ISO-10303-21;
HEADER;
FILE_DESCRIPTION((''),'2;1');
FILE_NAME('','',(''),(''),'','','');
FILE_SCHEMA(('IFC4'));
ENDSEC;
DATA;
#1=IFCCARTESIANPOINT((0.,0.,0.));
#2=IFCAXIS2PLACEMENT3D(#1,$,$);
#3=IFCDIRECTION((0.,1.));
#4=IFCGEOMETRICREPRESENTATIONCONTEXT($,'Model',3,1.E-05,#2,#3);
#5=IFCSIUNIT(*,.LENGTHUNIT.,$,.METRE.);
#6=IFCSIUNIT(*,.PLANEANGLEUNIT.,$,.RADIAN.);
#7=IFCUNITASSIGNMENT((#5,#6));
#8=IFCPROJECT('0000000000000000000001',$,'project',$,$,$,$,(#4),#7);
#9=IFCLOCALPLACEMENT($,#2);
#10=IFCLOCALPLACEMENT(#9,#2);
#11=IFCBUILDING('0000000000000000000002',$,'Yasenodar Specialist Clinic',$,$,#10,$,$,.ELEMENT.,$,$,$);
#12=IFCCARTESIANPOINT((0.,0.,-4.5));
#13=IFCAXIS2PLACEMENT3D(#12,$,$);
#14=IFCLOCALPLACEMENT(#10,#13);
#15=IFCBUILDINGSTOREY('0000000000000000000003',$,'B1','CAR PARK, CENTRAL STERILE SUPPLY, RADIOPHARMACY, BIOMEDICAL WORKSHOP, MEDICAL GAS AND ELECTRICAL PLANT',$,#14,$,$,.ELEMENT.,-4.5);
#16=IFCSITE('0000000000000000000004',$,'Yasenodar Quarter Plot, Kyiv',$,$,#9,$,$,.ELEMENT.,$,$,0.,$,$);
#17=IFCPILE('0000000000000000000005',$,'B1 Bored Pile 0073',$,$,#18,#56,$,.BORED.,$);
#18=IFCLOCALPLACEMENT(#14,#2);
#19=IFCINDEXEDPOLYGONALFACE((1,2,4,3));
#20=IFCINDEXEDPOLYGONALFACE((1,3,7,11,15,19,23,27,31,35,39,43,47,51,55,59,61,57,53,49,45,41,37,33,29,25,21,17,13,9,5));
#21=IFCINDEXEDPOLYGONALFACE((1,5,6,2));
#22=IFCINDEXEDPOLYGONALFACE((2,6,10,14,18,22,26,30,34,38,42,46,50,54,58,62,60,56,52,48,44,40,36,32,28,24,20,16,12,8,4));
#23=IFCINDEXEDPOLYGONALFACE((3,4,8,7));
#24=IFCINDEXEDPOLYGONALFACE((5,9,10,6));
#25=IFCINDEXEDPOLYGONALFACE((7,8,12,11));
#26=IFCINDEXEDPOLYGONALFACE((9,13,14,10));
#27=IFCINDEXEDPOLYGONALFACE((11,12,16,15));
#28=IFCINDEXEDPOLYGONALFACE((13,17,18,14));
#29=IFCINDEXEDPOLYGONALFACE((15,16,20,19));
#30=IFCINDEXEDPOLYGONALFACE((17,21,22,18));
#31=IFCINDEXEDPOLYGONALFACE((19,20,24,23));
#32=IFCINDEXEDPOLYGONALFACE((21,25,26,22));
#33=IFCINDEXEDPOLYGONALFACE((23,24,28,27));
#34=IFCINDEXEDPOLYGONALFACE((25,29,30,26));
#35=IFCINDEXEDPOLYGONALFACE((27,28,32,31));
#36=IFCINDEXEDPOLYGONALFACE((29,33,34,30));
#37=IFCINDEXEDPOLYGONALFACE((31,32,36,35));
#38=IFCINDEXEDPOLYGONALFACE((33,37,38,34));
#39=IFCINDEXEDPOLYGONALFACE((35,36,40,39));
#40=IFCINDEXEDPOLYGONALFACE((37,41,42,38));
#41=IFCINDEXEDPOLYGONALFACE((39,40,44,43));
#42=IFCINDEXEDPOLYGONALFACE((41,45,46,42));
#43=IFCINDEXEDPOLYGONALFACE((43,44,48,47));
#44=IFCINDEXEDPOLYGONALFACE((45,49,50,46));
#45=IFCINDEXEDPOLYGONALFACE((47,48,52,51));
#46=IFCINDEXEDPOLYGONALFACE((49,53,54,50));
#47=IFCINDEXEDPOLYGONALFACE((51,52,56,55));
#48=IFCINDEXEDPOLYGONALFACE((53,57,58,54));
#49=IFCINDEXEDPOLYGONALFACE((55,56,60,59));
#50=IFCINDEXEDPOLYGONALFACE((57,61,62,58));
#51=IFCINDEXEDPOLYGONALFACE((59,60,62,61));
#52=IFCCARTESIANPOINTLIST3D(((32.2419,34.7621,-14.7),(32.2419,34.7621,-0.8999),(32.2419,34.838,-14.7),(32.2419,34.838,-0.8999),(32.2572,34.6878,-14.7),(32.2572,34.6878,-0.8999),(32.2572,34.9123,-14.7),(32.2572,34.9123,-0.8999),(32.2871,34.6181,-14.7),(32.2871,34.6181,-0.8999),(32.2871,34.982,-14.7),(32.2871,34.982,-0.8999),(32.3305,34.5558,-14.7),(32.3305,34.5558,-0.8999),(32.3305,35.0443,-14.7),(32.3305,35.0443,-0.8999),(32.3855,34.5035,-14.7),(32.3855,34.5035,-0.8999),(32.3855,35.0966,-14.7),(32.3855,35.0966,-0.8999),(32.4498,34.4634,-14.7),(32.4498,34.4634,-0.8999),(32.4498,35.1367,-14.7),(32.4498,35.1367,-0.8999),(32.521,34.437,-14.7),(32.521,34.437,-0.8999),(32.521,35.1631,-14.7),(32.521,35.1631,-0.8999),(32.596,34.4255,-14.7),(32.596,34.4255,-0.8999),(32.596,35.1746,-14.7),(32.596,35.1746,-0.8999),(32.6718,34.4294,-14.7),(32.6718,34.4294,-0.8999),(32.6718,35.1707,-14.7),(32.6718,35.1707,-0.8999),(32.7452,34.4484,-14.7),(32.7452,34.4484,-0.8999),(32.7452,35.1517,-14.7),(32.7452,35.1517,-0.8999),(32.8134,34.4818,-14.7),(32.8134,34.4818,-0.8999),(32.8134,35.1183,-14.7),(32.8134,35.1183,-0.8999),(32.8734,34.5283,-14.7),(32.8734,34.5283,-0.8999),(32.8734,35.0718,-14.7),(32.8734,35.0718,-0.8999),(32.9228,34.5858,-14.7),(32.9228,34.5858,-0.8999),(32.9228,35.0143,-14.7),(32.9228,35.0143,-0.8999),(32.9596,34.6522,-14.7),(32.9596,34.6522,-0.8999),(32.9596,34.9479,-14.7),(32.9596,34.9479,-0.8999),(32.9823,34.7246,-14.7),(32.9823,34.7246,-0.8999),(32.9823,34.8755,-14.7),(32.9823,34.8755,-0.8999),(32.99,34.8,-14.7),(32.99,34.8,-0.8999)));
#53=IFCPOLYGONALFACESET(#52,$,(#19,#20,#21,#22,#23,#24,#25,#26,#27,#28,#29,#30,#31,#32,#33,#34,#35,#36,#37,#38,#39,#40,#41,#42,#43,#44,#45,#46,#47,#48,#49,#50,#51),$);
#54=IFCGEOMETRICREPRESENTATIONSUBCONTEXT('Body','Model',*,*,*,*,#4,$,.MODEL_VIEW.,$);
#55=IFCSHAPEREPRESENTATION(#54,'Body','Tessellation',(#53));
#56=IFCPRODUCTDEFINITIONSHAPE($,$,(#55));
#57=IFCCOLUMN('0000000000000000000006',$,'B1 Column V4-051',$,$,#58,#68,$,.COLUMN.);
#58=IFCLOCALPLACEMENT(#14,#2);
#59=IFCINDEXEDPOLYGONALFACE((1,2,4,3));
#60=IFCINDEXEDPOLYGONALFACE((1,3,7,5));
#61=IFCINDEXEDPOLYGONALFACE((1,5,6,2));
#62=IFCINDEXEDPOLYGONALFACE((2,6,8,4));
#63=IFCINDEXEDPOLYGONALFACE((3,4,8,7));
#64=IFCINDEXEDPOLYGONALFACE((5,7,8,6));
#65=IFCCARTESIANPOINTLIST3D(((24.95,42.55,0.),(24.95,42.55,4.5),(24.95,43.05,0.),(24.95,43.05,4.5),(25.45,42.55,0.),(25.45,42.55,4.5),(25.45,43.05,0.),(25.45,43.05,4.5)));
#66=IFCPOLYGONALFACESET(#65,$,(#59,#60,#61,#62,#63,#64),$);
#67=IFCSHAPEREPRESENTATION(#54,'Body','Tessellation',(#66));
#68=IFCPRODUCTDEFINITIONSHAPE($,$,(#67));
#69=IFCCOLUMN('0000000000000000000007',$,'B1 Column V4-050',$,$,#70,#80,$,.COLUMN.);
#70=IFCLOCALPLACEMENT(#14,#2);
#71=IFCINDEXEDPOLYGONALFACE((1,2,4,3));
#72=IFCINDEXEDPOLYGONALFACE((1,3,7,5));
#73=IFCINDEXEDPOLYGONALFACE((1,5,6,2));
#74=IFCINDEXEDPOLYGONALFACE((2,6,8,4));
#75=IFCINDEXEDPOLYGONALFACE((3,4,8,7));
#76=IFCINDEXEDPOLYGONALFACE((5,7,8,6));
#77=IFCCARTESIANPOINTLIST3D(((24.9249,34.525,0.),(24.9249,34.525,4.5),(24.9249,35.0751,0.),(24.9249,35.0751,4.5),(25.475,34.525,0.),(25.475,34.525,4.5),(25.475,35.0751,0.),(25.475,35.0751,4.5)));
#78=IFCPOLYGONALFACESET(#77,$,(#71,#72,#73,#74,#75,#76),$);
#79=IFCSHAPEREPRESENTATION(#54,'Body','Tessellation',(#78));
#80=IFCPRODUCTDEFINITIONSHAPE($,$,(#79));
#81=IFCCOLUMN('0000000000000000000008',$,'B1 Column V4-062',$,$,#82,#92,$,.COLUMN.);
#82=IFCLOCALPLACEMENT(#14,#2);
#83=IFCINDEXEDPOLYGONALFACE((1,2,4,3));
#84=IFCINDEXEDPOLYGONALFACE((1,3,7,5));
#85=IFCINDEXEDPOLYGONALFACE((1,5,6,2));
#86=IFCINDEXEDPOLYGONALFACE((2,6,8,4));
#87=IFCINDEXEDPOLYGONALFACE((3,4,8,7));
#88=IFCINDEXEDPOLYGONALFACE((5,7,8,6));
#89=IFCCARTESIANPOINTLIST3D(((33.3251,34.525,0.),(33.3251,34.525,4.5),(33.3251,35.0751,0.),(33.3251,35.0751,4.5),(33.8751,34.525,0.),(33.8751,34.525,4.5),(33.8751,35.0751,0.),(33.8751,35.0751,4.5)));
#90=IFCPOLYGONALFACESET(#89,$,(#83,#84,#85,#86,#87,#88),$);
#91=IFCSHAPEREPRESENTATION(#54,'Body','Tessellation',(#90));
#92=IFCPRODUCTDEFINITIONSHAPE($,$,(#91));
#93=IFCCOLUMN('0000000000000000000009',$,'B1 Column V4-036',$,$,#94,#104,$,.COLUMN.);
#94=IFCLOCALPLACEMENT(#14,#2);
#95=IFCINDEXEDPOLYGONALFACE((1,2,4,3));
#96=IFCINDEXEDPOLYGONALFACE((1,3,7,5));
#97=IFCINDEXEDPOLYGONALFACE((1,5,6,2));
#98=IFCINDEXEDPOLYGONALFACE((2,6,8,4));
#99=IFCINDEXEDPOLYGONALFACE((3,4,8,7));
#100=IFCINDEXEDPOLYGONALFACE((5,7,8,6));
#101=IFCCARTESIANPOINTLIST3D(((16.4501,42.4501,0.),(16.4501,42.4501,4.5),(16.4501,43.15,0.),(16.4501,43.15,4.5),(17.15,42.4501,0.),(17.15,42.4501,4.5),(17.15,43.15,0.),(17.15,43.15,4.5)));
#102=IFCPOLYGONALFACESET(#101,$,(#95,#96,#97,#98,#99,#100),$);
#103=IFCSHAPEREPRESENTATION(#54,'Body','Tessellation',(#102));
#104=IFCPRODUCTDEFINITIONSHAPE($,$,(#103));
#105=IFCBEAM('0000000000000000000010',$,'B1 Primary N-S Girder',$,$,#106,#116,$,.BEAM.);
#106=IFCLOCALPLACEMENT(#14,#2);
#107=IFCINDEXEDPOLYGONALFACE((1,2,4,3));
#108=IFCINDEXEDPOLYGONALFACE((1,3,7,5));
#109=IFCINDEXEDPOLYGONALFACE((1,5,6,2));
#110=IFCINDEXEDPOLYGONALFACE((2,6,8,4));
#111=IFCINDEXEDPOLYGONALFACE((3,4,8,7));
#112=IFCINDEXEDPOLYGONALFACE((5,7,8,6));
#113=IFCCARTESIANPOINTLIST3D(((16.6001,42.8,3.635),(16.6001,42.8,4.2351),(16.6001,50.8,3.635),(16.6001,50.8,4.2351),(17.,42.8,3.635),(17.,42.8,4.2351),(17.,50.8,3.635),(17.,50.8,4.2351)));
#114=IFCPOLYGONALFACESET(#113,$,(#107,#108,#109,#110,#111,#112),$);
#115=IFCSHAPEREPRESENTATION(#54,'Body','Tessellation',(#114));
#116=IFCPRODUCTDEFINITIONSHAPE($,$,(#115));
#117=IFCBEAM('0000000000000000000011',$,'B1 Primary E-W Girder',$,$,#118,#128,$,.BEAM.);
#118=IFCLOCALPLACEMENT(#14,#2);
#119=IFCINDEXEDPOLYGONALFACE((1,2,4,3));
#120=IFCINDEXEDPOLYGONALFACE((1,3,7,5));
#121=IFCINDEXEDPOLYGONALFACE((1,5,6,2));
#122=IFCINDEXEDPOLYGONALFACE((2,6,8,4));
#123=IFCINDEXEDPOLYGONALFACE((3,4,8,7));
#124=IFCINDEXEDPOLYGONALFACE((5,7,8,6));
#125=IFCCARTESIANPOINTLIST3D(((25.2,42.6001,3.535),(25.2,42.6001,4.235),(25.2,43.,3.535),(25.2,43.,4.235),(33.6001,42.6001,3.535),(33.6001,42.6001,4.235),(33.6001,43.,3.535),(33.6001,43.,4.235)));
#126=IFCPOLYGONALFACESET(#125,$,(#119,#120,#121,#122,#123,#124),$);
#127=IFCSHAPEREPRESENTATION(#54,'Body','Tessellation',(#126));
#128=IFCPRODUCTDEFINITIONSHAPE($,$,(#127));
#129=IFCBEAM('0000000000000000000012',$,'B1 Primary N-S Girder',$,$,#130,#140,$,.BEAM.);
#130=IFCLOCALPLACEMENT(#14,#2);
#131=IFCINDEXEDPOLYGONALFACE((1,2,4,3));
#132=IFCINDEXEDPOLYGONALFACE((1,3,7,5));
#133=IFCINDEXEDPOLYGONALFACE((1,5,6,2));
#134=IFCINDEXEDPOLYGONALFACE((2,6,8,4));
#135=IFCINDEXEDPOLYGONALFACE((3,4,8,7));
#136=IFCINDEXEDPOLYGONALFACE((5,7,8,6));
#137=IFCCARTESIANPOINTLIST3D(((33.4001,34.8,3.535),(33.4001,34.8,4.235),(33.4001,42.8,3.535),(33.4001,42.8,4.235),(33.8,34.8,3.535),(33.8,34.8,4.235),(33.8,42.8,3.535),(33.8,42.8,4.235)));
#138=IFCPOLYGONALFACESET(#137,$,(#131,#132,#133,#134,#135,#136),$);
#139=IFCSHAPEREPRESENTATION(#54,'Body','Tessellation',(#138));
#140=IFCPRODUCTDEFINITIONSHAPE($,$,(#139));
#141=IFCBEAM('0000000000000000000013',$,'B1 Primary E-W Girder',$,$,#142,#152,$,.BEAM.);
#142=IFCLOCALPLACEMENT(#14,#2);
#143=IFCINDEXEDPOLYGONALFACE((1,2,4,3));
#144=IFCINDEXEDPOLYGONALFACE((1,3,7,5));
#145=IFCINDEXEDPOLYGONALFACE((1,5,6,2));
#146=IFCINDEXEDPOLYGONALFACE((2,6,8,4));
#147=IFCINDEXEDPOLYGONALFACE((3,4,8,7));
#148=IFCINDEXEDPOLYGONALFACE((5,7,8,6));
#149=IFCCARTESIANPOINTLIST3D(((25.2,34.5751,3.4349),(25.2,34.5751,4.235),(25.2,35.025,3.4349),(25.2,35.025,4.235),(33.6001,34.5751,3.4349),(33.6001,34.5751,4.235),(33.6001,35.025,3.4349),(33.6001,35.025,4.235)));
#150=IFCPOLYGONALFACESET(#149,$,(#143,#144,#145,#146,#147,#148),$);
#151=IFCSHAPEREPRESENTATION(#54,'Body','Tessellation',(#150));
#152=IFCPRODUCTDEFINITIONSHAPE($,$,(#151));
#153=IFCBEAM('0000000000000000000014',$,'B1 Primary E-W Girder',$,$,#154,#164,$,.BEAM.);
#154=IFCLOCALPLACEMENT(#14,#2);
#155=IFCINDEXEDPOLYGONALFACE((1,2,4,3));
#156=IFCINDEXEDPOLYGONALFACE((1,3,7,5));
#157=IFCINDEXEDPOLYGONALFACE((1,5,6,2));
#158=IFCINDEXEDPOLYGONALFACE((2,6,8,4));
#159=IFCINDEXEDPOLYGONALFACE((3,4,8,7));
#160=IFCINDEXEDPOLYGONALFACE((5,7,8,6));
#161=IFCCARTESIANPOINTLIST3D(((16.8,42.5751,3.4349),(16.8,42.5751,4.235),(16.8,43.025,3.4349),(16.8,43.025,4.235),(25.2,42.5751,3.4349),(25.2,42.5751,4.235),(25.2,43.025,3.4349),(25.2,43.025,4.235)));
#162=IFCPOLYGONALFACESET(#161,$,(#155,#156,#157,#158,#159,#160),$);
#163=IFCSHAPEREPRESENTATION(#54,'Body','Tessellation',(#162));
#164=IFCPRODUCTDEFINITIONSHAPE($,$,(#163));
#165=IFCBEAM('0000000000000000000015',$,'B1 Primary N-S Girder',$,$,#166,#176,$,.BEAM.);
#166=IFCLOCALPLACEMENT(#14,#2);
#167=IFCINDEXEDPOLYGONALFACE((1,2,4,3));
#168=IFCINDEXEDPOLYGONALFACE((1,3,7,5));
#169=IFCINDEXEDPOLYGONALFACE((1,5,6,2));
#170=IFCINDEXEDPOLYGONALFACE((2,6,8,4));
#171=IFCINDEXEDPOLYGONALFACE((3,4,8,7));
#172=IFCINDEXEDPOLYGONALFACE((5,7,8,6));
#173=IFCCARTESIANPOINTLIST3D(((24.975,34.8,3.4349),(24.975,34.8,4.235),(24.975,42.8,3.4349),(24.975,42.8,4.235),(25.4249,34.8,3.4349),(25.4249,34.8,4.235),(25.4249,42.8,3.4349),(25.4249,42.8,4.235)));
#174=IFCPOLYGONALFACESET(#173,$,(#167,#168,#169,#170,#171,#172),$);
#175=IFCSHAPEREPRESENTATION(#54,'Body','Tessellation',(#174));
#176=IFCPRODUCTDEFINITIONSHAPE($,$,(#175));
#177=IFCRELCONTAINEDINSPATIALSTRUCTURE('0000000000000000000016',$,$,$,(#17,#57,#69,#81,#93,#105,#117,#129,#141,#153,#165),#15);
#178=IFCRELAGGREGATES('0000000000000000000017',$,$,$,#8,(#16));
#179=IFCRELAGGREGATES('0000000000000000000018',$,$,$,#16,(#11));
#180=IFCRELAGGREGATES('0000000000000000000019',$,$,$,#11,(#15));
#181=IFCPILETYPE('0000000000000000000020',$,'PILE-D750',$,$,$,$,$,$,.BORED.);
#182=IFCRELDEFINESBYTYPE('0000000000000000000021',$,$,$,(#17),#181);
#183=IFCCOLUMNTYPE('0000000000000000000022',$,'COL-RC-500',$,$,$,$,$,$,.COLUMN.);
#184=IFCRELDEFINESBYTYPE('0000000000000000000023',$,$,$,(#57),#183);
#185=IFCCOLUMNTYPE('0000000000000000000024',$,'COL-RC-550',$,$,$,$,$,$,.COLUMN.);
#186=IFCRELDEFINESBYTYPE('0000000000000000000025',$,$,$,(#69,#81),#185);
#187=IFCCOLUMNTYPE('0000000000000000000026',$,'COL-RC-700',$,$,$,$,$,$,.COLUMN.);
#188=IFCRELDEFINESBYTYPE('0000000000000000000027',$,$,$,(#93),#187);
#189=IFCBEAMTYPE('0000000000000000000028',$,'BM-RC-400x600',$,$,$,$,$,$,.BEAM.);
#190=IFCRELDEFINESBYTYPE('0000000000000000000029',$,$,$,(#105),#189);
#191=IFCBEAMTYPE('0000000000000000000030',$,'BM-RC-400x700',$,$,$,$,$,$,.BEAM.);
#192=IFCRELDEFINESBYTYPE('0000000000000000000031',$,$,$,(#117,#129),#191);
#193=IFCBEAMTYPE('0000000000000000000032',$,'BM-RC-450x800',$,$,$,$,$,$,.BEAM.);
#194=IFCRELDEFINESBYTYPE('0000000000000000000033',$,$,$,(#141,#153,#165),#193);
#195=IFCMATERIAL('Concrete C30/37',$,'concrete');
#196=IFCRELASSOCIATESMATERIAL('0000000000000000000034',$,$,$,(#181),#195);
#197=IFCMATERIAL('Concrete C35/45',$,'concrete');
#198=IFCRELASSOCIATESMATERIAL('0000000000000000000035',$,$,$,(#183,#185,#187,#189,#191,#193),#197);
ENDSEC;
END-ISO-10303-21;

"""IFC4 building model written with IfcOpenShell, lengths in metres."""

from ifc_helpers import new_model, si_unit, direction, frame, origin, origin_2d, place, context, subcontext, project, spatial, rectangle, circle, extrude, material, material_profile, profile_set, type_object, element, save


model = new_model("IFC4")

# Units and contexts
model_context = context("Model", 3, precision=1e-05, world=origin(), true_north=direction((0.0, 1.0)))
body_context = subcontext(model_context, "Body", "Model", "MODEL_VIEW")
ifc_project = project(units=[si_unit("LENGTHUNIT", "METRE"), si_unit("PLANEANGLEUNIT", "RADIAN")], contexts=[model_context])

# Site, building, storey
site_placement = place(None, origin())
site = spatial("IfcSite", under=ifc_project, at=site_placement, Name="Yasenodar Quarter Plot, Kyiv", CompositionType="ELEMENT", RefElevation=0.0)
building_placement = place(site_placement, origin())
building = spatial("IfcBuilding", under=site, at=building_placement, Name="Yasenodar Specialist Clinic", CompositionType="ELEMENT")
storey_placement = place(building_placement, frame((0.0, 0.0, -4.5)))
storey = spatial("IfcBuildingStorey", under=building, at=storey_placement, Name="B1", Description="CAR PARK, CENTRAL STERILE SUPPLY, RADIOPHARMACY, BIOMEDICAL WORKSHOP, MEDICAL GAS AND ELECTRICAL PLANT", CompositionType="ELEMENT", Elevation=-4.5)

# Shared definitions
ifc_material_1 = material(Name="Concrete C35/45", Category="concrete")

# Pile
ifc_material_2 = material(Name="Concrete C30/37", Category="concrete")
ifc_material_profile_1 = material_profile(ifc_material_2, circle(Radius=0.375, at=origin_2d()), Name="PILE D750")
ifc_profile_set_1 = profile_set([ifc_material_profile_1], Name="Concrete C30/37")
pile_type_1 = type_object("IfcPileType", Name="PILE-D750", PredefinedType="BORED", material=ifc_profile_set_1)
for number, where, z_axis, x_axis, name in (
    (1, (32.615, 34.8, -0.8999), (0.0, 0.0, -1.0), (1.0, 0.0, 0.0), "B1 Bored Pile 0073"),
):
    element("IfcPile", number, at=place(storey_placement, frame(where, z_axis=z_axis, x_axis=x_axis)), inside=storey, type_object=pile_type_1, Name=name, PredefinedType="BORED", context=body_context, shape_type="SweptSolid", body=[
        extrude(circle(Radius=0.375, at=origin_2d()), origin(), (0.0, 0.0, 1.0), 13.8),
    ])

# Columns
ifc_material_profile_2 = material_profile(ifc_material_1, rectangle(XDim=0.5, YDim=0.5, at=origin_2d()), Name="RC 500x500")
ifc_profile_set_2 = profile_set([ifc_material_profile_2], Name="Concrete C35/45")
column_type_1 = type_object("IfcColumnType", Name="COL-RC-500", PredefinedType="COLUMN", material=ifc_profile_set_2)
column_1_placement = place(storey_placement, frame((25.2, 42.8, 0.0), z_axis=(0.0, 0.0, 1.0), x_axis=(1.0, 0.0, 0.0)))
element("IfcColumn", 2, at=column_1_placement, inside=storey, type_object=column_type_1, Name="B1 Column V4-051", PredefinedType="COLUMN", context=body_context, shape_type="SweptSolid", body=[
    extrude(rectangle(XDim=0.5, YDim=0.5, at=origin_2d()), origin(), (0.0, 0.0, 1.0), 4.5),
])
ifc_material_profile_3 = material_profile(ifc_material_1, rectangle(XDim=0.55, YDim=0.55, at=origin_2d()), Name="RC 550x550")
ifc_profile_set_3 = profile_set([ifc_material_profile_3], Name="Concrete C35/45")
column_type_2 = type_object("IfcColumnType", Name="COL-RC-550", PredefinedType="COLUMN", material=ifc_profile_set_3)
for number, where, z_axis, x_axis, name in (
    (3, (25.2, 34.8, 0.0), (0.0, 0.0, 1.0), (1.0, 0.0, 0.0), "B1 Column V4-050"),
    (4, (33.6001, 34.8, 0.0), (0.0, 0.0, 1.0), (1.0, 0.0, 0.0), "B1 Column V4-062"),
):
    element("IfcColumn", number, at=place(storey_placement, frame(where, z_axis=z_axis, x_axis=x_axis)), inside=storey, type_object=column_type_2, Name=name, PredefinedType="COLUMN", context=body_context, shape_type="SweptSolid", body=[
        extrude(rectangle(XDim=0.55, YDim=0.55, at=origin_2d()), origin(), (0.0, 0.0, 1.0), 4.5),
    ])
ifc_material_profile_4 = material_profile(ifc_material_1, rectangle(XDim=0.7, YDim=0.7, at=origin_2d()), Name="RC 700x700")
ifc_profile_set_4 = profile_set([ifc_material_profile_4], Name="Concrete C35/45")
column_type_3 = type_object("IfcColumnType", Name="COL-RC-700", PredefinedType="COLUMN", material=ifc_profile_set_4)
column_2_placement = place(storey_placement, frame((16.8, 42.8, 0.0), z_axis=(0.0, 0.0, 1.0), x_axis=(1.0, 0.0, 0.0)))
element("IfcColumn", 5, at=column_2_placement, inside=storey, type_object=column_type_3, Name="B1 Column V4-036", PredefinedType="COLUMN", context=body_context, shape_type="SweptSolid", body=[
    extrude(rectangle(XDim=0.7, YDim=0.7, at=origin_2d()), origin(), (0.0, 0.0, 1.0), 4.5),
])

# Beams
ifc_material_profile_5 = material_profile(ifc_material_1, rectangle(XDim=0.3999, YDim=0.6001, at=origin_2d()), Name="RC 400x600")
ifc_profile_set_5 = profile_set([ifc_material_profile_5], Name="Concrete C35/45")
beam_type_1 = type_object("IfcBeamType", Name="BM-RC-400x600", PredefinedType="BEAM", material=ifc_profile_set_5)
beam_1_placement = place(storey_placement, frame((16.8, 42.8, 3.9351), z_axis=(0.0, 1.0, 0.0), x_axis=(-1.0, 0.0, 0.0)))
element("IfcBeam", 6, at=beam_1_placement, inside=storey, type_object=beam_type_1, Name="B1 Primary N-S Girder", PredefinedType="BEAM", context=body_context, shape_type="SweptSolid", body=[
    extrude(rectangle(XDim=0.3999, YDim=0.6001, at=origin_2d()), origin(), (0.0, 0.0, 1.0), 8.0),
])
ifc_material_profile_6 = material_profile(ifc_material_1, rectangle(XDim=0.3999, YDim=0.7, at=origin_2d()), Name="RC 400x700")
ifc_profile_set_6 = profile_set([ifc_material_profile_6], Name="Concrete C35/45")
beam_type_2 = type_object("IfcBeamType", Name="BM-RC-400x700", PredefinedType="BEAM", material=ifc_profile_set_6)
beam_2_placement = place(storey_placement, frame((25.2, 42.8, 3.885), z_axis=(1.0, 0.0, 0.0), x_axis=(0.0, 1.0, 0.0)))
element("IfcBeam", 7, at=beam_2_placement, inside=storey, type_object=beam_type_2, Name="B1 Primary E-W Girder", PredefinedType="BEAM", context=body_context, shape_type="SweptSolid", body=[
    extrude(rectangle(XDim=0.3999, YDim=0.7, at=origin_2d()), origin(), (0.0, 0.0, 1.0), 8.4001),
])
beam_3_placement = place(storey_placement, frame((33.6001, 34.8, 3.885), z_axis=(0.0, 1.0, 0.0), x_axis=(-1.0, 0.0, 0.0)))
element("IfcBeam", 8, at=beam_3_placement, inside=storey, type_object=beam_type_2, Name="B1 Primary N-S Girder", PredefinedType="BEAM", context=body_context, shape_type="SweptSolid", body=[
    extrude(rectangle(XDim=0.3999, YDim=0.7, at=origin_2d()), origin(), (0.0, 0.0, 1.0), 8.0),
])
ifc_material_profile_7 = material_profile(ifc_material_1, rectangle(XDim=0.45, YDim=0.8, at=origin_2d()), Name="RC 450x800")
ifc_profile_set_7 = profile_set([ifc_material_profile_7], Name="Concrete C35/45")
beam_type_3 = type_object("IfcBeamType", Name="BM-RC-450x800", PredefinedType="BEAM", material=ifc_profile_set_7)
beam_4_placement = place(storey_placement, frame((25.2, 34.8, 3.835), z_axis=(1.0, 0.0, 0.0), x_axis=(0.0, 1.0, 0.0)))
element("IfcBeam", 9, at=beam_4_placement, inside=storey, type_object=beam_type_3, Name="B1 Primary E-W Girder", PredefinedType="BEAM", context=body_context, shape_type="SweptSolid", body=[
    extrude(rectangle(XDim=0.45, YDim=0.8, at=origin_2d()), origin(), (0.0, 0.0, 1.0), 8.4001),
])
beam_5_placement = place(storey_placement, frame((16.8, 42.8, 3.835), z_axis=(1.0, 0.0, 0.0), x_axis=(0.0, 1.0, 0.0)))
element("IfcBeam", 10, at=beam_5_placement, inside=storey, type_object=beam_type_3, Name="B1 Primary E-W Girder", PredefinedType="BEAM", context=body_context, shape_type="SweptSolid", body=[
    extrude(rectangle(XDim=0.45, YDim=0.8, at=origin_2d()), origin(), (0.0, 0.0, 1.0), 8.3999),
])
beam_6_placement = place(storey_placement, frame((25.2, 34.8, 3.835), z_axis=(0.0, 1.0, 0.0), x_axis=(-1.0, 0.0, 0.0)))
element("IfcBeam", 11, at=beam_6_placement, inside=storey, type_object=beam_type_3, Name="B1 Primary N-S Girder", PredefinedType="BEAM", context=body_context, shape_type="SweptSolid", body=[
    extrude(rectangle(XDim=0.45, YDim=0.8, at=origin_2d()), origin(), (0.0, 0.0, 1.0), 8.0),
])

save(model, "model.ifc")
